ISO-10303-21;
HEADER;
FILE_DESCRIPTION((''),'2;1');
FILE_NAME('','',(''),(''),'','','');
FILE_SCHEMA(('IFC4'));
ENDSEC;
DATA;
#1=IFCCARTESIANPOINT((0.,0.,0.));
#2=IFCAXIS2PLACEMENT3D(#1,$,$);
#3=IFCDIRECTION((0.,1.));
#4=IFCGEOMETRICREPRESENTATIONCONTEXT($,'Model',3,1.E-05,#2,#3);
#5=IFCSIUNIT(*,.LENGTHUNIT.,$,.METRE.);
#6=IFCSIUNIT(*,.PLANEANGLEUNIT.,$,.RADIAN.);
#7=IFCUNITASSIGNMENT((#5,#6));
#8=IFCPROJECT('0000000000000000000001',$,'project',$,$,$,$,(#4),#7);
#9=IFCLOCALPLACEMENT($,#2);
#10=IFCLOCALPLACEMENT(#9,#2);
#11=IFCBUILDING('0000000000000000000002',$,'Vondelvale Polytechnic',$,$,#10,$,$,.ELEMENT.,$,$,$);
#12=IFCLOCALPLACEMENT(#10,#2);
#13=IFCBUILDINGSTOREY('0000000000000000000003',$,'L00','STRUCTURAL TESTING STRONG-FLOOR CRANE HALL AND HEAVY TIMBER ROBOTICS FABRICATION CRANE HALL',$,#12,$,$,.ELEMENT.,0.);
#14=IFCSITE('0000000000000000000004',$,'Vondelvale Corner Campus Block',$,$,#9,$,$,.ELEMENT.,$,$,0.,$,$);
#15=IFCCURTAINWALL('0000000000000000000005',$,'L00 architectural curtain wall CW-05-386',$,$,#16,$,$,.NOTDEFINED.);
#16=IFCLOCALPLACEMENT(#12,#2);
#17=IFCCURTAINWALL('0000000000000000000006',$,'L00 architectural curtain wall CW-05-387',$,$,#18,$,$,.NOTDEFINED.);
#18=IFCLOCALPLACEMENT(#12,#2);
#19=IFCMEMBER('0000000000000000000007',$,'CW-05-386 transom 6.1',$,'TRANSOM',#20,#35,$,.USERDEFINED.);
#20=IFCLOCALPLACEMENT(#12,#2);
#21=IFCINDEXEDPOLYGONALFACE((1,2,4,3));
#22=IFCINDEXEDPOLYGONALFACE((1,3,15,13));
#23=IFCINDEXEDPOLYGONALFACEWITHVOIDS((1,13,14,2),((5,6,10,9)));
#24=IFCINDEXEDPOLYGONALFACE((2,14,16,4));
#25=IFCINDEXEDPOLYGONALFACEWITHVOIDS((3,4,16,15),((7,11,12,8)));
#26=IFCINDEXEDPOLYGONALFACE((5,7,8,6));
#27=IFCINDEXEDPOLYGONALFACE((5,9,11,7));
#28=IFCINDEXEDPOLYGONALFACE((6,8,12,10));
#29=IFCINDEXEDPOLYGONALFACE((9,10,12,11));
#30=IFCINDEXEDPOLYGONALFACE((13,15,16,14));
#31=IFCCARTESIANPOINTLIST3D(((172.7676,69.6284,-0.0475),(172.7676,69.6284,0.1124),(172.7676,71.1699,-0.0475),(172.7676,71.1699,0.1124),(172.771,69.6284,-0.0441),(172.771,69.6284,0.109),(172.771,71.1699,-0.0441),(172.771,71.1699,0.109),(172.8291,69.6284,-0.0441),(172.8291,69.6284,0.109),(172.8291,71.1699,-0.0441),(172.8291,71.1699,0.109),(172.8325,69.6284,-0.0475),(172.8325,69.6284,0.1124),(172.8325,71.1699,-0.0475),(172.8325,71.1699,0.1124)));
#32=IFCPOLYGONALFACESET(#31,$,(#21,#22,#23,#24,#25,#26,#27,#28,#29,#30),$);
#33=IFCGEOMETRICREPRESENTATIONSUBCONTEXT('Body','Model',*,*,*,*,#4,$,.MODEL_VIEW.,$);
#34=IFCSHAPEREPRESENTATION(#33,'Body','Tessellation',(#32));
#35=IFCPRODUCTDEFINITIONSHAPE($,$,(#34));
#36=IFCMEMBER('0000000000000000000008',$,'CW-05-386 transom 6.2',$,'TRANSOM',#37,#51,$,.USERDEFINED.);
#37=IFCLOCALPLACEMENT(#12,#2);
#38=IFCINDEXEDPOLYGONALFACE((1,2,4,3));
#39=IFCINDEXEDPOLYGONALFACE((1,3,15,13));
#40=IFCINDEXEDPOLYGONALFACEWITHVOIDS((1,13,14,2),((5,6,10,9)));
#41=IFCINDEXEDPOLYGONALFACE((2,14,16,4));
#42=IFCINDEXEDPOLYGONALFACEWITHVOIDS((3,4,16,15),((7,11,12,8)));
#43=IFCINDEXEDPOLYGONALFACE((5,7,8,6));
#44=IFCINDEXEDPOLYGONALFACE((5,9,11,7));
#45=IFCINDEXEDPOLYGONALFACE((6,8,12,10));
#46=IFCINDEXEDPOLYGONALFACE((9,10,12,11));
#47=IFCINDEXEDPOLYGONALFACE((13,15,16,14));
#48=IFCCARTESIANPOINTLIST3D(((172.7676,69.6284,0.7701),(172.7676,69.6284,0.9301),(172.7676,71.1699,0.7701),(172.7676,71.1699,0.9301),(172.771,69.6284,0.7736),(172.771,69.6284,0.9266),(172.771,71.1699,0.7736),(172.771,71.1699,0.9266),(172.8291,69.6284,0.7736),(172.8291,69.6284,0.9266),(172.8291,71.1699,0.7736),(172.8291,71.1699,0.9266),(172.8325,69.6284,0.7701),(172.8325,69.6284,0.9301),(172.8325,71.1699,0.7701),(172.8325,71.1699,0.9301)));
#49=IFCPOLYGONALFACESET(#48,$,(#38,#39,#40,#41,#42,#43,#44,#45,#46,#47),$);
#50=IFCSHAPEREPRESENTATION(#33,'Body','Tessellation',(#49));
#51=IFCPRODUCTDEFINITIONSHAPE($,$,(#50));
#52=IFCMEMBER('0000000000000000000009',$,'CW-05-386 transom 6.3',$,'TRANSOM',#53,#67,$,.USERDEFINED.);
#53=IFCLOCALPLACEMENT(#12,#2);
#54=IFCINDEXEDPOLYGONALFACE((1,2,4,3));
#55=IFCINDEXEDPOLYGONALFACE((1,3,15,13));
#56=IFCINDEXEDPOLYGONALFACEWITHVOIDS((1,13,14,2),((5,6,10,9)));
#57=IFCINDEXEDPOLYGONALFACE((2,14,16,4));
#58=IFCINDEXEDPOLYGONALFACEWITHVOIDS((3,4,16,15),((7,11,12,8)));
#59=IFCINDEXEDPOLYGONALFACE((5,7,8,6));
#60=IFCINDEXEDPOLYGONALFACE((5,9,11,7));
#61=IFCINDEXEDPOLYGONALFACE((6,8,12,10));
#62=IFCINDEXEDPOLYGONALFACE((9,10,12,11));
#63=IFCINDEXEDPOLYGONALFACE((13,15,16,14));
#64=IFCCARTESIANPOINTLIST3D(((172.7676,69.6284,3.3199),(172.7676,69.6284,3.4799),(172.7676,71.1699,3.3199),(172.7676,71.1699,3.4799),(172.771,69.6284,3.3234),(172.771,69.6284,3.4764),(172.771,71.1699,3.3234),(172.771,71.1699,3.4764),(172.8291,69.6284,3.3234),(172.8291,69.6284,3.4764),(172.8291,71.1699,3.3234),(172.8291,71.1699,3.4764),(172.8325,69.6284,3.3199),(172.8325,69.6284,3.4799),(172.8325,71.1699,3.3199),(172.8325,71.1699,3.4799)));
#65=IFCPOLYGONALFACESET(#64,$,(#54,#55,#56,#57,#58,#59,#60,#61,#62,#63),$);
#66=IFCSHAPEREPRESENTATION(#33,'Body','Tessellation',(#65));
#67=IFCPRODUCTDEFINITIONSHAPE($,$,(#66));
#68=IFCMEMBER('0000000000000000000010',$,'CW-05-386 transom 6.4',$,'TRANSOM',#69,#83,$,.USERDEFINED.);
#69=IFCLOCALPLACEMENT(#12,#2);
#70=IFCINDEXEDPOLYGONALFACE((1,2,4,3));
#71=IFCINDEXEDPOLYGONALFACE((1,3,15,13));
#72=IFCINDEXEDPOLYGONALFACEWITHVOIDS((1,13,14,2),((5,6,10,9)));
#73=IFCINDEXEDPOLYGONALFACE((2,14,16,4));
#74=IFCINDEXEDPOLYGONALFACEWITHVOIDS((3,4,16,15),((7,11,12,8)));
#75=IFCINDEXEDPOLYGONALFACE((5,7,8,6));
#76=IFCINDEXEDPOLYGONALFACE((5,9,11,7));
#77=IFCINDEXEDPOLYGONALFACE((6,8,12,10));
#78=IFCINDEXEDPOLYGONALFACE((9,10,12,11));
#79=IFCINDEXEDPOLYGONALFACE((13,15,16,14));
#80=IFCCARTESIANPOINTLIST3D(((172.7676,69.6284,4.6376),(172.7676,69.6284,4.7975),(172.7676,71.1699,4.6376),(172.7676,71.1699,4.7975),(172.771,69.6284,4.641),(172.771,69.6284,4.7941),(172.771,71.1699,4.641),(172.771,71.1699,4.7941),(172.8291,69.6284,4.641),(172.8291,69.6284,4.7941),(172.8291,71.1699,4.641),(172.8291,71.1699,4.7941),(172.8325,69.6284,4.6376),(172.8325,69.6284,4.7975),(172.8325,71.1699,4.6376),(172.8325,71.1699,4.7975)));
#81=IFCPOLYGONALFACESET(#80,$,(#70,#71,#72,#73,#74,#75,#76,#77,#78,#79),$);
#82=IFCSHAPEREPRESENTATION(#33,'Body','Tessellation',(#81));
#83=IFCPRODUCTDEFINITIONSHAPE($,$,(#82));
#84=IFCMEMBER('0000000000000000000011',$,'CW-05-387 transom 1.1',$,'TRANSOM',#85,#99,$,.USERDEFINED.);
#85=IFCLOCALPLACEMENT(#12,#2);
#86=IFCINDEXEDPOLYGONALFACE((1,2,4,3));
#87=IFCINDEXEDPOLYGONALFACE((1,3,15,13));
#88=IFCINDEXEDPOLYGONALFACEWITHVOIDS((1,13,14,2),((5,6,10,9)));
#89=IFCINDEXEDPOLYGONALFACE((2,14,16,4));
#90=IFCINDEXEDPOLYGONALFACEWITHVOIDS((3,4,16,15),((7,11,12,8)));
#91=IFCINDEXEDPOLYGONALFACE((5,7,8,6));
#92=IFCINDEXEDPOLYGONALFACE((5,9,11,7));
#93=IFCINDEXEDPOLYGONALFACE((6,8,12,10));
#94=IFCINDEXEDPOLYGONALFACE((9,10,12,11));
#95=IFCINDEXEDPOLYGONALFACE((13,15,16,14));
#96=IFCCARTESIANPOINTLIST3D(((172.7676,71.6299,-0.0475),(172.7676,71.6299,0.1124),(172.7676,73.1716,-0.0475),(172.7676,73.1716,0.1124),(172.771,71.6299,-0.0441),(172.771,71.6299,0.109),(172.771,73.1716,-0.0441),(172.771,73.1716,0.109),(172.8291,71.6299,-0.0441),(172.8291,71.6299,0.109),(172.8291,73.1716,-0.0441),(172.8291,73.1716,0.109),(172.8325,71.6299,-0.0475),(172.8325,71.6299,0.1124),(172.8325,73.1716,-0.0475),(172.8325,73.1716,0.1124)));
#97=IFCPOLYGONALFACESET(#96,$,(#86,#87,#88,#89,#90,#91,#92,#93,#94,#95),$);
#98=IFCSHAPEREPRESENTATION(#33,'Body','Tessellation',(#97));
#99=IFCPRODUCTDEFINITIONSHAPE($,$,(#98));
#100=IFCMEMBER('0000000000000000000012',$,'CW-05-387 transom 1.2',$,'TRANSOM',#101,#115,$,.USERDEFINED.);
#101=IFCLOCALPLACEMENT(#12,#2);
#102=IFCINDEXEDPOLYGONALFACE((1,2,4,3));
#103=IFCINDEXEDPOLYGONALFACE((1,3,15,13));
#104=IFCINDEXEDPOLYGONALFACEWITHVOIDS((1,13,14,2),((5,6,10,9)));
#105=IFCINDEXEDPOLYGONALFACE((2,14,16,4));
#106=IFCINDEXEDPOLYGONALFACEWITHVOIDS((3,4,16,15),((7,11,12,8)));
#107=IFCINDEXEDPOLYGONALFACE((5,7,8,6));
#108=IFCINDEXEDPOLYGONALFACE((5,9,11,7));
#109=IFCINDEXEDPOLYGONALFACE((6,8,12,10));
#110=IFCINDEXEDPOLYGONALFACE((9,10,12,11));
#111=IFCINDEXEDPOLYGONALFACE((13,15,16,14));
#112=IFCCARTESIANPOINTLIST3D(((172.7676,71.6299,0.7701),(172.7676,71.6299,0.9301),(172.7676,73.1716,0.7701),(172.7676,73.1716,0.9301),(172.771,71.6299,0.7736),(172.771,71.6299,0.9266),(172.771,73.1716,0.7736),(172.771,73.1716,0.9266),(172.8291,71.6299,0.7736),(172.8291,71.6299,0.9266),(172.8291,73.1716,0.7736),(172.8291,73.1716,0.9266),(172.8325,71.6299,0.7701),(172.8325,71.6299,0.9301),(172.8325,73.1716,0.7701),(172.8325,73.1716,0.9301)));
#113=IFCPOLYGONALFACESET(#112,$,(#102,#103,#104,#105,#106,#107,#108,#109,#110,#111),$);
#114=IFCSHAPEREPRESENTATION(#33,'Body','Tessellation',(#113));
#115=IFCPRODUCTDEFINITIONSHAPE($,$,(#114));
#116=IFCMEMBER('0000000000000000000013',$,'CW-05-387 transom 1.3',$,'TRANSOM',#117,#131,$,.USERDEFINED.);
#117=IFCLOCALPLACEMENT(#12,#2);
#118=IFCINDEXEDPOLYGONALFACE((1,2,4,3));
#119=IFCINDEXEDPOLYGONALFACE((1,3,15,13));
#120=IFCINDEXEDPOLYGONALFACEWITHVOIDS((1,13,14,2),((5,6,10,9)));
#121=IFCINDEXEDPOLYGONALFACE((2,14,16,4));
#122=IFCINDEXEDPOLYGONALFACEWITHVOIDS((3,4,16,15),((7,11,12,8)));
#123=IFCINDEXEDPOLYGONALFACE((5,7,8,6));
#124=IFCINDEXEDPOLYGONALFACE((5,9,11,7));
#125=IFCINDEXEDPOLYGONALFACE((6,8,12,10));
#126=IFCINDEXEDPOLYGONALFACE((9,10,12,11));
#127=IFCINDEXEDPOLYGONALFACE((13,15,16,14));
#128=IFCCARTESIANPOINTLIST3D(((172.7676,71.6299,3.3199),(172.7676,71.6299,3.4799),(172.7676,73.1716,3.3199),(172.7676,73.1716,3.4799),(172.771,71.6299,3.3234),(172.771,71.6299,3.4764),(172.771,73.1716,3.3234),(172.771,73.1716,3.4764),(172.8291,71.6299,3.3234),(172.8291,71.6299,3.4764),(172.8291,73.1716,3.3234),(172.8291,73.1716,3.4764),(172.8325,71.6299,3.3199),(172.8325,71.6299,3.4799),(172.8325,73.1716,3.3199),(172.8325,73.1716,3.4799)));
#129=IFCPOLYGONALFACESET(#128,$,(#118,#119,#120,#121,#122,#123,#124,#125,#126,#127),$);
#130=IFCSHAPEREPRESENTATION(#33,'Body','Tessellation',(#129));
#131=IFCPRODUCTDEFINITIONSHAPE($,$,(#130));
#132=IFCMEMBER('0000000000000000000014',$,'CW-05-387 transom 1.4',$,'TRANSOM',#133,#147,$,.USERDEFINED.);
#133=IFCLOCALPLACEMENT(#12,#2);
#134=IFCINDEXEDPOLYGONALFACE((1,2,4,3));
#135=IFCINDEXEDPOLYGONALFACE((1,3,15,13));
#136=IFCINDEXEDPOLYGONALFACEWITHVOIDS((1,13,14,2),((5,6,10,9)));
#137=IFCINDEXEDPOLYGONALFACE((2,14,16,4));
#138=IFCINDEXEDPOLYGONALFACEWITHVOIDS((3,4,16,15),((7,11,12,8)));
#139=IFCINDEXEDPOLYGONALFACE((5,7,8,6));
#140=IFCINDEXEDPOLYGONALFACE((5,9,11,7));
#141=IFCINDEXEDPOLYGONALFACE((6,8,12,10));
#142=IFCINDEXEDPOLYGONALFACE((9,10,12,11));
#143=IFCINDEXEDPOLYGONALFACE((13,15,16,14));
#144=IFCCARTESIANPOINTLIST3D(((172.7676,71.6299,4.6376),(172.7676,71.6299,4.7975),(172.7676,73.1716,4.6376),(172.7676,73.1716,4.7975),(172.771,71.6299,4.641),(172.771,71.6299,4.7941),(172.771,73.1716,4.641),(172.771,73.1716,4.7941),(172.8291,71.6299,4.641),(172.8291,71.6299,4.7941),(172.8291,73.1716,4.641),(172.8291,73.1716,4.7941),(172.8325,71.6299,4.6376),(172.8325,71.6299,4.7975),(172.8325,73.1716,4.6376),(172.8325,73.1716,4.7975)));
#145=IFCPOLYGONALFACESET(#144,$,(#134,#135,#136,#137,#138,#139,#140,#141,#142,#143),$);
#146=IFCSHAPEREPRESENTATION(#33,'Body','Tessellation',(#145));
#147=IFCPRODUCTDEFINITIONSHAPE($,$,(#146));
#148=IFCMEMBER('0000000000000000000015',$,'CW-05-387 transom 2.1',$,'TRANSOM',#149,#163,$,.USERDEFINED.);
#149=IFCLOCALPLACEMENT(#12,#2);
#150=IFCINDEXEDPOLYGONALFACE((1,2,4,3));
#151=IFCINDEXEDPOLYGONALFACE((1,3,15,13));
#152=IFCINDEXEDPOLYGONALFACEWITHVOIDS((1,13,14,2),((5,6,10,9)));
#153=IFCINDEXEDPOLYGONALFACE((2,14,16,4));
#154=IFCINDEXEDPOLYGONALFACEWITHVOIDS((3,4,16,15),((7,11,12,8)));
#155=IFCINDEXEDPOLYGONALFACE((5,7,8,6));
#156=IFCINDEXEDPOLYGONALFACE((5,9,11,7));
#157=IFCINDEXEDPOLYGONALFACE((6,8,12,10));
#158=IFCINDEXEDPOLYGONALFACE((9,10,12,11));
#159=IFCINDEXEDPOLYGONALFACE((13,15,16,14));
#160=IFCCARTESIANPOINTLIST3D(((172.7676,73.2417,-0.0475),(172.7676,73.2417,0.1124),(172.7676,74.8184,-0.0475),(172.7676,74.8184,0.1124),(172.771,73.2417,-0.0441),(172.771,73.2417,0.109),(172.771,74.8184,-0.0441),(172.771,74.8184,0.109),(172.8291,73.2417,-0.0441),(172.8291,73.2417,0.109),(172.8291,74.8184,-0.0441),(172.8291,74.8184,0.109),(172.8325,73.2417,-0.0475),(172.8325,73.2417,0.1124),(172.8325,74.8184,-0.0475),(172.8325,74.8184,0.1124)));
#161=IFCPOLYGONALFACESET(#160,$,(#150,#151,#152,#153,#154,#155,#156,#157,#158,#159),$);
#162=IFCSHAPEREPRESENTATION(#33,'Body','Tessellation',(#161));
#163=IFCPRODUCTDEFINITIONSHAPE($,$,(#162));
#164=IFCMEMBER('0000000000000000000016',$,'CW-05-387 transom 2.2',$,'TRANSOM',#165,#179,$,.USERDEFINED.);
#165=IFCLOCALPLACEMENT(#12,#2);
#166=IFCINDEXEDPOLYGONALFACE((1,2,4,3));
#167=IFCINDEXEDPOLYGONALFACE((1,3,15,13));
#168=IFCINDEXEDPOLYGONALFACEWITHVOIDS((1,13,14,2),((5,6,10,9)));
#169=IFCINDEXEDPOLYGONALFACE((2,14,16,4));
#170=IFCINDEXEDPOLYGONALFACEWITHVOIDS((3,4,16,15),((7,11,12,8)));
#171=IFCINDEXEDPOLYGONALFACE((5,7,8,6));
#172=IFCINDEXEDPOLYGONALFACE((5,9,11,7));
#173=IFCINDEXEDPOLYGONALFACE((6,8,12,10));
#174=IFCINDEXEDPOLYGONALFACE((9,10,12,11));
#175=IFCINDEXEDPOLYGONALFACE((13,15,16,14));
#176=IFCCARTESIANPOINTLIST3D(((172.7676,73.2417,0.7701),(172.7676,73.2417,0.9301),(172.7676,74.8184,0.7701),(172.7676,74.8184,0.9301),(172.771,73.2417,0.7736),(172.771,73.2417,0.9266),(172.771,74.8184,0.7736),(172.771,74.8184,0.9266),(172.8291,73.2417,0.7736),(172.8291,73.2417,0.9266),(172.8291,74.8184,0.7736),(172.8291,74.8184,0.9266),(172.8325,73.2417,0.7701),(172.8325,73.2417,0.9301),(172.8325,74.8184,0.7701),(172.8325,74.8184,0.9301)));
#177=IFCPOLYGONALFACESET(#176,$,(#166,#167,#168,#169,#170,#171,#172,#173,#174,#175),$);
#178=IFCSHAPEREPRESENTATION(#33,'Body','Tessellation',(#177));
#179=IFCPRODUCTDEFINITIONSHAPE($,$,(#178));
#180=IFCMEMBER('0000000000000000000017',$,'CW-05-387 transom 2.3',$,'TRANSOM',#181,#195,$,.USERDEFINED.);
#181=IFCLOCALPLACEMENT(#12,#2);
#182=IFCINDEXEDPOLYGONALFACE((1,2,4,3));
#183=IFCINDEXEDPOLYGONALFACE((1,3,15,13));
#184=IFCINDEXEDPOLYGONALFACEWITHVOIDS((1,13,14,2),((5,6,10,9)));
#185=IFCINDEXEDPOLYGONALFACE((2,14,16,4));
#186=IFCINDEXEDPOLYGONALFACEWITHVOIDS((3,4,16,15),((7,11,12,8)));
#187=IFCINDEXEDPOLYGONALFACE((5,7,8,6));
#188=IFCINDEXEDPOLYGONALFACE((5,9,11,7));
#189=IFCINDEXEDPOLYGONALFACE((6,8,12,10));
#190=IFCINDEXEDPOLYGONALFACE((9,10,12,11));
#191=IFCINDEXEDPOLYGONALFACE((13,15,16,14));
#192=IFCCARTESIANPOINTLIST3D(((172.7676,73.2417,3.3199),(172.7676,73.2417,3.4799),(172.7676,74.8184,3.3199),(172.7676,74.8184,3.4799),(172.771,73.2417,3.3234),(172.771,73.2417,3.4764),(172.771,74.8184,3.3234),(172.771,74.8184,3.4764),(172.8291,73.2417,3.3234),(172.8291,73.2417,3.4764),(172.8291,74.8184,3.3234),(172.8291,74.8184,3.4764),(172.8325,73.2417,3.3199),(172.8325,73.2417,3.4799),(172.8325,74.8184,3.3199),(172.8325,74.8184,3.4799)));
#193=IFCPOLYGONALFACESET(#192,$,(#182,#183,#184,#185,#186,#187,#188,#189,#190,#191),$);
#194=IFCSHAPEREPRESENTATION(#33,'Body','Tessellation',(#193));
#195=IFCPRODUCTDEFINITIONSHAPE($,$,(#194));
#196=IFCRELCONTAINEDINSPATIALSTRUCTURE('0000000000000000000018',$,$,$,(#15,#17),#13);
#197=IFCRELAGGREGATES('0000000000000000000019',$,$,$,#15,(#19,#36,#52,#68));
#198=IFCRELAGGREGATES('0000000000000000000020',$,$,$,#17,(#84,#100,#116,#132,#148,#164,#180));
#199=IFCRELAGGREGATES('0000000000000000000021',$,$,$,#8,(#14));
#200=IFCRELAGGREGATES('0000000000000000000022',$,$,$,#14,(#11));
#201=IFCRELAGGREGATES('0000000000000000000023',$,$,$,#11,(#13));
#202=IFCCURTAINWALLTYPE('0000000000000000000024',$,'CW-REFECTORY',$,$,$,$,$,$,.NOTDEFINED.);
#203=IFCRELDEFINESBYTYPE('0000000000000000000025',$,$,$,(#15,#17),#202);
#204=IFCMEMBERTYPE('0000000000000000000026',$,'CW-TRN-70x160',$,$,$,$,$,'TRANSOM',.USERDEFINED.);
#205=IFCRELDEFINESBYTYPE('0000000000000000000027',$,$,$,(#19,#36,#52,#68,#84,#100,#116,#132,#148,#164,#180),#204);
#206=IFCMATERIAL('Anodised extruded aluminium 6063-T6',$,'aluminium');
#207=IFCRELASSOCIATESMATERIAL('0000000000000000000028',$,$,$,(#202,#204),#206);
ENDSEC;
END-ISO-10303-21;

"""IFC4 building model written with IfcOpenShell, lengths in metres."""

from ifc_helpers import new_model, si_unit, direction, frame, origin, origin_2d, place, context, subcontext, project, spatial, hollow_rectangle, extrude, material, material_profile, profile_set, type_object, element, aggregate, save


model = new_model("IFC4")

# Units and contexts
model_context = context("Model", 3, precision=1e-05, world=origin(), true_north=direction((0.0, 1.0)))
body_context = subcontext(model_context, "Body", "Model", "MODEL_VIEW")
ifc_project = project(units=[si_unit("LENGTHUNIT", "METRE"), si_unit("PLANEANGLEUNIT", "RADIAN")], contexts=[model_context])

# Site, building, storey
site_placement = place(None, origin())
site = spatial("IfcSite", under=ifc_project, at=site_placement, Name="Vondelvale Corner Campus Block", CompositionType="ELEMENT", RefElevation=0.0)
building_placement = place(site_placement, origin())
building = spatial("IfcBuilding", under=site, at=building_placement, Name="Vondelvale Polytechnic", CompositionType="ELEMENT")
storey_placement = place(building_placement, origin())
storey = spatial("IfcBuildingStorey", under=building, at=storey_placement, Name="L00", Description="STRUCTURAL TESTING STRONG-FLOOR CRANE HALL AND HEAVY TIMBER ROBOTICS FABRICATION CRANE HALL", CompositionType="ELEMENT", Elevation=0.0)

# Curtain walls
ifc_material_1 = material(Name="Anodised extruded aluminium 6063-T6", Category="aluminium")
curtain_wall_type = type_object("IfcCurtainWallType", Name="CW-REFECTORY", PredefinedType="NOTDEFINED", material=ifc_material_1)
curtain_wall_1_placement = place(storey_placement, origin())
curtain_wall_1 = element("IfcCurtainWall", 1, at=curtain_wall_1_placement, inside=storey, type_object=curtain_wall_type, Name="L00 architectural curtain wall CW-05-386", PredefinedType="NOTDEFINED")
curtain_wall_2_placement = place(storey_placement, origin())
curtain_wall_2 = element("IfcCurtainWall", 2, at=curtain_wall_2_placement, inside=storey, type_object=curtain_wall_type, Name="L00 architectural curtain wall CW-05-387", PredefinedType="NOTDEFINED")

# Members
ifc_material_profile_1 = material_profile(ifc_material_1, hollow_rectangle(XDim=0.0649, YDim=0.1599, WallThickness=0.0034, at=origin_2d()), Name="CW-TRN-160x65")
ifc_profile_set_1 = profile_set([ifc_material_profile_1], Name="Anodised extruded aluminium 6063-T6")
member_type_1 = type_object("IfcMemberType", Name="CW-TRN-70x160", ElementType="TRANSOM", PredefinedType="USERDEFINED", material=ifc_profile_set_1)
member_1_placement = place(storey_placement, frame((172.8, 69.6284, 0.0325), z_axis=(0.0, 1.0, 0.0), x_axis=(-1.0, 0.0, 0.0)))
member_1 = element("IfcMember", 3, at=member_1_placement, type_object=member_type_1, Name="CW-05-386 transom 6.1", ObjectType="TRANSOM", PredefinedType="USERDEFINED", context=body_context, shape_type="SweptSolid", body=[
    extrude(hollow_rectangle(XDim=0.0649, YDim=0.1599, WallThickness=0.0034, at=origin_2d()), origin(), (0.0, 0.0, 1.0), 1.5415),
])
member_2_placement = place(storey_placement, frame((172.8, 69.6284, 0.8501), z_axis=(0.0, 1.0, 0.0), x_axis=(-1.0, 0.0, 0.0)))
member_2 = element("IfcMember", 4, at=member_2_placement, type_object=member_type_1, Name="CW-05-386 transom 6.2", ObjectType="TRANSOM", PredefinedType="USERDEFINED", context=body_context, shape_type="SweptSolid", body=[
    extrude(hollow_rectangle(XDim=0.0649, YDim=0.1599, WallThickness=0.0034, at=origin_2d()), origin(), (0.0, 0.0, 1.0), 1.5415),
])
member_3_placement = place(storey_placement, frame((172.8, 69.6284, 3.3999), z_axis=(0.0, 1.0, 0.0), x_axis=(-1.0, 0.0, 0.0)))
member_3 = element("IfcMember", 5, at=member_3_placement, type_object=member_type_1, Name="CW-05-386 transom 6.3", ObjectType="TRANSOM", PredefinedType="USERDEFINED", context=body_context, shape_type="SweptSolid", body=[
    extrude(hollow_rectangle(XDim=0.0649, YDim=0.1599, WallThickness=0.0034, at=origin_2d()), origin(), (0.0, 0.0, 1.0), 1.5415),
])
member_4_placement = place(storey_placement, frame((172.8, 69.6284, 4.7175), z_axis=(0.0, 1.0, 0.0), x_axis=(-1.0, 0.0, 0.0)))
member_4 = element("IfcMember", 6, at=member_4_placement, type_object=member_type_1, Name="CW-05-386 transom 6.4", ObjectType="TRANSOM", PredefinedType="USERDEFINED", context=body_context, shape_type="SweptSolid", body=[
    extrude(hollow_rectangle(XDim=0.0649, YDim=0.1599, WallThickness=0.0034, at=origin_2d()), origin(), (0.0, 0.0, 1.0), 1.5415),
])
member_5_placement = place(storey_placement, frame((172.8, 71.6299, 0.0325), z_axis=(0.0, 1.0, 0.0), x_axis=(-1.0, 0.0, 0.0)))
member_5 = element("IfcMember", 7, at=member_5_placement, type_object=member_type_1, Name="CW-05-387 transom 1.1", ObjectType="TRANSOM", PredefinedType="USERDEFINED", context=body_context, shape_type="SweptSolid", body=[
    extrude(hollow_rectangle(XDim=0.0649, YDim=0.1599, WallThickness=0.0034, at=origin_2d()), origin(), (0.0, 0.0, 1.0), 1.5417),
])
member_6_placement = place(storey_placement, frame((172.8, 71.6299, 0.8501), z_axis=(0.0, 1.0, 0.0), x_axis=(-1.0, 0.0, 0.0)))
member_6 = element("IfcMember", 8, at=member_6_placement, type_object=member_type_1, Name="CW-05-387 transom 1.2", ObjectType="TRANSOM", PredefinedType="USERDEFINED", context=body_context, shape_type="SweptSolid", body=[
    extrude(hollow_rectangle(XDim=0.0649, YDim=0.1599, WallThickness=0.0034, at=origin_2d()), origin(), (0.0, 0.0, 1.0), 1.5417),
])
member_7_placement = place(storey_placement, frame((172.8, 71.6299, 3.3999), z_axis=(0.0, 1.0, 0.0), x_axis=(-1.0, 0.0, 0.0)))
member_7 = element("IfcMember", 9, at=member_7_placement, type_object=member_type_1, Name="CW-05-387 transom 1.3", ObjectType="TRANSOM", PredefinedType="USERDEFINED", context=body_context, shape_type="SweptSolid", body=[
    extrude(hollow_rectangle(XDim=0.0649, YDim=0.1599, WallThickness=0.0034, at=origin_2d()), origin(), (0.0, 0.0, 1.0), 1.5417),
])
member_8_placement = place(storey_placement, frame((172.8, 71.6299, 4.7175), z_axis=(0.0, 1.0, 0.0), x_axis=(-1.0, 0.0, 0.0)))
member_8 = element("IfcMember", 10, at=member_8_placement, type_object=member_type_1, Name="CW-05-387 transom 1.4", ObjectType="TRANSOM", PredefinedType="USERDEFINED", context=body_context, shape_type="SweptSolid", body=[
    extrude(hollow_rectangle(XDim=0.0649, YDim=0.1599, WallThickness=0.0034, at=origin_2d()), origin(), (0.0, 0.0, 1.0), 1.5417),
])
member_9_placement = place(storey_placement, frame((172.8, 73.2417, 0.0325), z_axis=(0.0, 1.0, 0.0), x_axis=(-1.0, 0.0, 0.0)))
member_9 = element("IfcMember", 11, at=member_9_placement, type_object=member_type_1, Name="CW-05-387 transom 2.1", ObjectType="TRANSOM", PredefinedType="USERDEFINED", context=body_context, shape_type="SweptSolid", body=[
    extrude(hollow_rectangle(XDim=0.0649, YDim=0.1599, WallThickness=0.0034, at=origin_2d()), origin(), (0.0, 0.0, 1.0), 1.5767),
])
member_10_placement = place(storey_placement, frame((172.8, 73.2417, 0.8501), z_axis=(0.0, 1.0, 0.0), x_axis=(-1.0, 0.0, 0.0)))
member_10 = element("IfcMember", 12, at=member_10_placement, type_object=member_type_1, Name="CW-05-387 transom 2.2", ObjectType="TRANSOM", PredefinedType="USERDEFINED", context=body_context, shape_type="SweptSolid", body=[
    extrude(hollow_rectangle(XDim=0.0649, YDim=0.1599, WallThickness=0.0034, at=origin_2d()), origin(), (0.0, 0.0, 1.0), 1.5767),
])
member_11_placement = place(storey_placement, frame((172.8, 73.2417, 3.3999), z_axis=(0.0, 1.0, 0.0), x_axis=(-1.0, 0.0, 0.0)))
member_11 = element("IfcMember", 13, at=member_11_placement, type_object=member_type_1, Name="CW-05-387 transom 2.3", ObjectType="TRANSOM", PredefinedType="USERDEFINED", context=body_context, shape_type="SweptSolid", body=[
    extrude(hollow_rectangle(XDim=0.0649, YDim=0.1599, WallThickness=0.0034, at=origin_2d()), origin(), (0.0, 0.0, 1.0), 1.5767),
])

aggregate(curtain_wall_1, [member_1, member_2, member_3, member_4])
aggregate(curtain_wall_2, [member_5, member_6, member_7, member_8, member_9, member_10, member_11])

save(model, "model.ifc")
